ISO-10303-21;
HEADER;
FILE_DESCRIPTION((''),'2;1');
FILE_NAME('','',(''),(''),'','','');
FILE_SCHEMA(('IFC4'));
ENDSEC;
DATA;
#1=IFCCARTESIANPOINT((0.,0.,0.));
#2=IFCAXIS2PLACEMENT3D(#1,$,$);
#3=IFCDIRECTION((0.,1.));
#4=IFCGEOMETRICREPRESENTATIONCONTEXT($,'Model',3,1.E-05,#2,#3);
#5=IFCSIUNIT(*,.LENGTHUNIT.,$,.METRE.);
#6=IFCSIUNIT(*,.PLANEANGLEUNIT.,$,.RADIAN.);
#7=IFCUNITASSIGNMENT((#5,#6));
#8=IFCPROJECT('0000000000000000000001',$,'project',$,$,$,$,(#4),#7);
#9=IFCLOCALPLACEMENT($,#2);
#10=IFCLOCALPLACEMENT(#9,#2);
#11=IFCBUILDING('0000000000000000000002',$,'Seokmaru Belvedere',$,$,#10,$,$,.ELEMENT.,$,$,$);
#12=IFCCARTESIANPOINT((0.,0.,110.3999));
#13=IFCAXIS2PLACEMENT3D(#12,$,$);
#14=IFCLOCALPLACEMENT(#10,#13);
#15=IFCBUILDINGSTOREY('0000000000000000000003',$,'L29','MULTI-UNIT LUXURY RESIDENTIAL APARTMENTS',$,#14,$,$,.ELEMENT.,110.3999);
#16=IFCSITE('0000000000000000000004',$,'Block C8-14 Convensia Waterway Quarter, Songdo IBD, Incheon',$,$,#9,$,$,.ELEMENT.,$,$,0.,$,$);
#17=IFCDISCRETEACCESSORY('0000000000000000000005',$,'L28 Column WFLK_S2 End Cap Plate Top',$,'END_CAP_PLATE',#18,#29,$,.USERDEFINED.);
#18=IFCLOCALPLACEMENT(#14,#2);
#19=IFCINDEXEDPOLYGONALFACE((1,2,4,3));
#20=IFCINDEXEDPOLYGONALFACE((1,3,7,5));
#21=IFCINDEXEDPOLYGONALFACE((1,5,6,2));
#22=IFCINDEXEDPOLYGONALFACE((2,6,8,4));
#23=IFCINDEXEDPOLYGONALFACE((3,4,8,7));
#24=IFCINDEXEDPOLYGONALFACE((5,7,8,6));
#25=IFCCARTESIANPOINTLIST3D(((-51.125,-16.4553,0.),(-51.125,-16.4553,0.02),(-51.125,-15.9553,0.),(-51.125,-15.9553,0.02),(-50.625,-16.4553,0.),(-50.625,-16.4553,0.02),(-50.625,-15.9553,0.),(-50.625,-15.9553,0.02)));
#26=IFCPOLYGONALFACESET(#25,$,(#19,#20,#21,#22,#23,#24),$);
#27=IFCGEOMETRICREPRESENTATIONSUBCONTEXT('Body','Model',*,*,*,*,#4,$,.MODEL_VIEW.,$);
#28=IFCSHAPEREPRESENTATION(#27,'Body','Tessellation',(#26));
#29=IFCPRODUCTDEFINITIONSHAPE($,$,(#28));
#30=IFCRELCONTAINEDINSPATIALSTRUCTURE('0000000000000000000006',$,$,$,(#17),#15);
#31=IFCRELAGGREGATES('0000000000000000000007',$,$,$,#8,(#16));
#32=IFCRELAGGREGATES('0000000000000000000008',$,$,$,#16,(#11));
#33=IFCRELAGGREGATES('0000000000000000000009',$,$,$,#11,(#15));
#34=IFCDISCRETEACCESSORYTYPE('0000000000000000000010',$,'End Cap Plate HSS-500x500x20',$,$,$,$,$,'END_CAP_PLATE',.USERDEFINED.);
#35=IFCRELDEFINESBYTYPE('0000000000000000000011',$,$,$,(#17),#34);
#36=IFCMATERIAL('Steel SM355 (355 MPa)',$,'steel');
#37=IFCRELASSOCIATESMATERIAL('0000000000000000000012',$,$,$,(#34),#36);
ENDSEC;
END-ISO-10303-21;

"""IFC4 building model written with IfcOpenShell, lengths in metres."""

from ifc_helpers import new_model, si_unit, direction, frame, origin, origin_2d, place, context, subcontext, project, spatial, rectangle, extrude, source, transform, mapped, material, type_object, type_shapes, element, save


model = new_model("IFC4")

# Units and contexts
model_context = context("Model", 3, precision=1e-05, world=origin(), true_north=direction((0.0, 1.0)))
body_context = subcontext(model_context, "Body", "Model", "MODEL_VIEW")
ifc_project = project(units=[si_unit("LENGTHUNIT", "METRE"), si_unit("PLANEANGLEUNIT", "RADIAN")], contexts=[model_context])

# Site, building, storey
site_placement = place(None, origin())
site = spatial("IfcSite", under=ifc_project, at=site_placement, Name="Block C8-14 Convensia Waterway Quarter, Songdo IBD, Incheon", CompositionType="ELEMENT", RefElevation=0.0)
building_placement = place(site_placement, origin())
building = spatial("IfcBuilding", under=site, at=building_placement, Name="Seokmaru Belvedere", CompositionType="ELEMENT")
storey_placement = place(building_placement, frame((0.0, 0.0, 110.3999)))
storey = spatial("IfcBuildingStorey", under=building, at=storey_placement, Name="L29", Description="MULTI-UNIT LUXURY RESIDENTIAL APARTMENTS", CompositionType="ELEMENT", Elevation=110.3999)

# Shared definitions
ifc_material_1 = material(Name="Steel SM355 (355 MPa)", Category="steel")

# Discrete accessory
discrete_accessory_type = type_object("IfcDiscreteAccessoryType", Name="End Cap Plate HSS-500x500x20", ElementType="END_CAP_PLATE", PredefinedType="USERDEFINED", material=ifc_material_1)
shared_shape_1 = source(origin(), body_context, "Body", "SweptSolid", [
    extrude(rectangle(XDim=0.5, YDim=0.5, at=origin_2d()), origin(), (0.0, 0.0, 1.0), 0.02),
])
type_shapes(discrete_accessory_type, [shared_shape_1])
discrete_accessory_placement = place(storey_placement, frame((-50.875, -16.2053, 0.0), z_axis=(0.0, 0.0, 1.0), x_axis=(1.0, 0.0, 0.0)))
element("IfcDiscreteAccessory", 1, at=discrete_accessory_placement, inside=storey, type_object=discrete_accessory_type, Name="L28 Column WFLK_S2 End Cap Plate Top", ObjectType="END_CAP_PLATE", PredefinedType="USERDEFINED", context=body_context, shape_type="MappedRepresentation", body=[
    mapped(shared_shape_1, transform((0.0, 0.0, 0.0), scale=1.0)),
])

save(model, "model.ifc")
